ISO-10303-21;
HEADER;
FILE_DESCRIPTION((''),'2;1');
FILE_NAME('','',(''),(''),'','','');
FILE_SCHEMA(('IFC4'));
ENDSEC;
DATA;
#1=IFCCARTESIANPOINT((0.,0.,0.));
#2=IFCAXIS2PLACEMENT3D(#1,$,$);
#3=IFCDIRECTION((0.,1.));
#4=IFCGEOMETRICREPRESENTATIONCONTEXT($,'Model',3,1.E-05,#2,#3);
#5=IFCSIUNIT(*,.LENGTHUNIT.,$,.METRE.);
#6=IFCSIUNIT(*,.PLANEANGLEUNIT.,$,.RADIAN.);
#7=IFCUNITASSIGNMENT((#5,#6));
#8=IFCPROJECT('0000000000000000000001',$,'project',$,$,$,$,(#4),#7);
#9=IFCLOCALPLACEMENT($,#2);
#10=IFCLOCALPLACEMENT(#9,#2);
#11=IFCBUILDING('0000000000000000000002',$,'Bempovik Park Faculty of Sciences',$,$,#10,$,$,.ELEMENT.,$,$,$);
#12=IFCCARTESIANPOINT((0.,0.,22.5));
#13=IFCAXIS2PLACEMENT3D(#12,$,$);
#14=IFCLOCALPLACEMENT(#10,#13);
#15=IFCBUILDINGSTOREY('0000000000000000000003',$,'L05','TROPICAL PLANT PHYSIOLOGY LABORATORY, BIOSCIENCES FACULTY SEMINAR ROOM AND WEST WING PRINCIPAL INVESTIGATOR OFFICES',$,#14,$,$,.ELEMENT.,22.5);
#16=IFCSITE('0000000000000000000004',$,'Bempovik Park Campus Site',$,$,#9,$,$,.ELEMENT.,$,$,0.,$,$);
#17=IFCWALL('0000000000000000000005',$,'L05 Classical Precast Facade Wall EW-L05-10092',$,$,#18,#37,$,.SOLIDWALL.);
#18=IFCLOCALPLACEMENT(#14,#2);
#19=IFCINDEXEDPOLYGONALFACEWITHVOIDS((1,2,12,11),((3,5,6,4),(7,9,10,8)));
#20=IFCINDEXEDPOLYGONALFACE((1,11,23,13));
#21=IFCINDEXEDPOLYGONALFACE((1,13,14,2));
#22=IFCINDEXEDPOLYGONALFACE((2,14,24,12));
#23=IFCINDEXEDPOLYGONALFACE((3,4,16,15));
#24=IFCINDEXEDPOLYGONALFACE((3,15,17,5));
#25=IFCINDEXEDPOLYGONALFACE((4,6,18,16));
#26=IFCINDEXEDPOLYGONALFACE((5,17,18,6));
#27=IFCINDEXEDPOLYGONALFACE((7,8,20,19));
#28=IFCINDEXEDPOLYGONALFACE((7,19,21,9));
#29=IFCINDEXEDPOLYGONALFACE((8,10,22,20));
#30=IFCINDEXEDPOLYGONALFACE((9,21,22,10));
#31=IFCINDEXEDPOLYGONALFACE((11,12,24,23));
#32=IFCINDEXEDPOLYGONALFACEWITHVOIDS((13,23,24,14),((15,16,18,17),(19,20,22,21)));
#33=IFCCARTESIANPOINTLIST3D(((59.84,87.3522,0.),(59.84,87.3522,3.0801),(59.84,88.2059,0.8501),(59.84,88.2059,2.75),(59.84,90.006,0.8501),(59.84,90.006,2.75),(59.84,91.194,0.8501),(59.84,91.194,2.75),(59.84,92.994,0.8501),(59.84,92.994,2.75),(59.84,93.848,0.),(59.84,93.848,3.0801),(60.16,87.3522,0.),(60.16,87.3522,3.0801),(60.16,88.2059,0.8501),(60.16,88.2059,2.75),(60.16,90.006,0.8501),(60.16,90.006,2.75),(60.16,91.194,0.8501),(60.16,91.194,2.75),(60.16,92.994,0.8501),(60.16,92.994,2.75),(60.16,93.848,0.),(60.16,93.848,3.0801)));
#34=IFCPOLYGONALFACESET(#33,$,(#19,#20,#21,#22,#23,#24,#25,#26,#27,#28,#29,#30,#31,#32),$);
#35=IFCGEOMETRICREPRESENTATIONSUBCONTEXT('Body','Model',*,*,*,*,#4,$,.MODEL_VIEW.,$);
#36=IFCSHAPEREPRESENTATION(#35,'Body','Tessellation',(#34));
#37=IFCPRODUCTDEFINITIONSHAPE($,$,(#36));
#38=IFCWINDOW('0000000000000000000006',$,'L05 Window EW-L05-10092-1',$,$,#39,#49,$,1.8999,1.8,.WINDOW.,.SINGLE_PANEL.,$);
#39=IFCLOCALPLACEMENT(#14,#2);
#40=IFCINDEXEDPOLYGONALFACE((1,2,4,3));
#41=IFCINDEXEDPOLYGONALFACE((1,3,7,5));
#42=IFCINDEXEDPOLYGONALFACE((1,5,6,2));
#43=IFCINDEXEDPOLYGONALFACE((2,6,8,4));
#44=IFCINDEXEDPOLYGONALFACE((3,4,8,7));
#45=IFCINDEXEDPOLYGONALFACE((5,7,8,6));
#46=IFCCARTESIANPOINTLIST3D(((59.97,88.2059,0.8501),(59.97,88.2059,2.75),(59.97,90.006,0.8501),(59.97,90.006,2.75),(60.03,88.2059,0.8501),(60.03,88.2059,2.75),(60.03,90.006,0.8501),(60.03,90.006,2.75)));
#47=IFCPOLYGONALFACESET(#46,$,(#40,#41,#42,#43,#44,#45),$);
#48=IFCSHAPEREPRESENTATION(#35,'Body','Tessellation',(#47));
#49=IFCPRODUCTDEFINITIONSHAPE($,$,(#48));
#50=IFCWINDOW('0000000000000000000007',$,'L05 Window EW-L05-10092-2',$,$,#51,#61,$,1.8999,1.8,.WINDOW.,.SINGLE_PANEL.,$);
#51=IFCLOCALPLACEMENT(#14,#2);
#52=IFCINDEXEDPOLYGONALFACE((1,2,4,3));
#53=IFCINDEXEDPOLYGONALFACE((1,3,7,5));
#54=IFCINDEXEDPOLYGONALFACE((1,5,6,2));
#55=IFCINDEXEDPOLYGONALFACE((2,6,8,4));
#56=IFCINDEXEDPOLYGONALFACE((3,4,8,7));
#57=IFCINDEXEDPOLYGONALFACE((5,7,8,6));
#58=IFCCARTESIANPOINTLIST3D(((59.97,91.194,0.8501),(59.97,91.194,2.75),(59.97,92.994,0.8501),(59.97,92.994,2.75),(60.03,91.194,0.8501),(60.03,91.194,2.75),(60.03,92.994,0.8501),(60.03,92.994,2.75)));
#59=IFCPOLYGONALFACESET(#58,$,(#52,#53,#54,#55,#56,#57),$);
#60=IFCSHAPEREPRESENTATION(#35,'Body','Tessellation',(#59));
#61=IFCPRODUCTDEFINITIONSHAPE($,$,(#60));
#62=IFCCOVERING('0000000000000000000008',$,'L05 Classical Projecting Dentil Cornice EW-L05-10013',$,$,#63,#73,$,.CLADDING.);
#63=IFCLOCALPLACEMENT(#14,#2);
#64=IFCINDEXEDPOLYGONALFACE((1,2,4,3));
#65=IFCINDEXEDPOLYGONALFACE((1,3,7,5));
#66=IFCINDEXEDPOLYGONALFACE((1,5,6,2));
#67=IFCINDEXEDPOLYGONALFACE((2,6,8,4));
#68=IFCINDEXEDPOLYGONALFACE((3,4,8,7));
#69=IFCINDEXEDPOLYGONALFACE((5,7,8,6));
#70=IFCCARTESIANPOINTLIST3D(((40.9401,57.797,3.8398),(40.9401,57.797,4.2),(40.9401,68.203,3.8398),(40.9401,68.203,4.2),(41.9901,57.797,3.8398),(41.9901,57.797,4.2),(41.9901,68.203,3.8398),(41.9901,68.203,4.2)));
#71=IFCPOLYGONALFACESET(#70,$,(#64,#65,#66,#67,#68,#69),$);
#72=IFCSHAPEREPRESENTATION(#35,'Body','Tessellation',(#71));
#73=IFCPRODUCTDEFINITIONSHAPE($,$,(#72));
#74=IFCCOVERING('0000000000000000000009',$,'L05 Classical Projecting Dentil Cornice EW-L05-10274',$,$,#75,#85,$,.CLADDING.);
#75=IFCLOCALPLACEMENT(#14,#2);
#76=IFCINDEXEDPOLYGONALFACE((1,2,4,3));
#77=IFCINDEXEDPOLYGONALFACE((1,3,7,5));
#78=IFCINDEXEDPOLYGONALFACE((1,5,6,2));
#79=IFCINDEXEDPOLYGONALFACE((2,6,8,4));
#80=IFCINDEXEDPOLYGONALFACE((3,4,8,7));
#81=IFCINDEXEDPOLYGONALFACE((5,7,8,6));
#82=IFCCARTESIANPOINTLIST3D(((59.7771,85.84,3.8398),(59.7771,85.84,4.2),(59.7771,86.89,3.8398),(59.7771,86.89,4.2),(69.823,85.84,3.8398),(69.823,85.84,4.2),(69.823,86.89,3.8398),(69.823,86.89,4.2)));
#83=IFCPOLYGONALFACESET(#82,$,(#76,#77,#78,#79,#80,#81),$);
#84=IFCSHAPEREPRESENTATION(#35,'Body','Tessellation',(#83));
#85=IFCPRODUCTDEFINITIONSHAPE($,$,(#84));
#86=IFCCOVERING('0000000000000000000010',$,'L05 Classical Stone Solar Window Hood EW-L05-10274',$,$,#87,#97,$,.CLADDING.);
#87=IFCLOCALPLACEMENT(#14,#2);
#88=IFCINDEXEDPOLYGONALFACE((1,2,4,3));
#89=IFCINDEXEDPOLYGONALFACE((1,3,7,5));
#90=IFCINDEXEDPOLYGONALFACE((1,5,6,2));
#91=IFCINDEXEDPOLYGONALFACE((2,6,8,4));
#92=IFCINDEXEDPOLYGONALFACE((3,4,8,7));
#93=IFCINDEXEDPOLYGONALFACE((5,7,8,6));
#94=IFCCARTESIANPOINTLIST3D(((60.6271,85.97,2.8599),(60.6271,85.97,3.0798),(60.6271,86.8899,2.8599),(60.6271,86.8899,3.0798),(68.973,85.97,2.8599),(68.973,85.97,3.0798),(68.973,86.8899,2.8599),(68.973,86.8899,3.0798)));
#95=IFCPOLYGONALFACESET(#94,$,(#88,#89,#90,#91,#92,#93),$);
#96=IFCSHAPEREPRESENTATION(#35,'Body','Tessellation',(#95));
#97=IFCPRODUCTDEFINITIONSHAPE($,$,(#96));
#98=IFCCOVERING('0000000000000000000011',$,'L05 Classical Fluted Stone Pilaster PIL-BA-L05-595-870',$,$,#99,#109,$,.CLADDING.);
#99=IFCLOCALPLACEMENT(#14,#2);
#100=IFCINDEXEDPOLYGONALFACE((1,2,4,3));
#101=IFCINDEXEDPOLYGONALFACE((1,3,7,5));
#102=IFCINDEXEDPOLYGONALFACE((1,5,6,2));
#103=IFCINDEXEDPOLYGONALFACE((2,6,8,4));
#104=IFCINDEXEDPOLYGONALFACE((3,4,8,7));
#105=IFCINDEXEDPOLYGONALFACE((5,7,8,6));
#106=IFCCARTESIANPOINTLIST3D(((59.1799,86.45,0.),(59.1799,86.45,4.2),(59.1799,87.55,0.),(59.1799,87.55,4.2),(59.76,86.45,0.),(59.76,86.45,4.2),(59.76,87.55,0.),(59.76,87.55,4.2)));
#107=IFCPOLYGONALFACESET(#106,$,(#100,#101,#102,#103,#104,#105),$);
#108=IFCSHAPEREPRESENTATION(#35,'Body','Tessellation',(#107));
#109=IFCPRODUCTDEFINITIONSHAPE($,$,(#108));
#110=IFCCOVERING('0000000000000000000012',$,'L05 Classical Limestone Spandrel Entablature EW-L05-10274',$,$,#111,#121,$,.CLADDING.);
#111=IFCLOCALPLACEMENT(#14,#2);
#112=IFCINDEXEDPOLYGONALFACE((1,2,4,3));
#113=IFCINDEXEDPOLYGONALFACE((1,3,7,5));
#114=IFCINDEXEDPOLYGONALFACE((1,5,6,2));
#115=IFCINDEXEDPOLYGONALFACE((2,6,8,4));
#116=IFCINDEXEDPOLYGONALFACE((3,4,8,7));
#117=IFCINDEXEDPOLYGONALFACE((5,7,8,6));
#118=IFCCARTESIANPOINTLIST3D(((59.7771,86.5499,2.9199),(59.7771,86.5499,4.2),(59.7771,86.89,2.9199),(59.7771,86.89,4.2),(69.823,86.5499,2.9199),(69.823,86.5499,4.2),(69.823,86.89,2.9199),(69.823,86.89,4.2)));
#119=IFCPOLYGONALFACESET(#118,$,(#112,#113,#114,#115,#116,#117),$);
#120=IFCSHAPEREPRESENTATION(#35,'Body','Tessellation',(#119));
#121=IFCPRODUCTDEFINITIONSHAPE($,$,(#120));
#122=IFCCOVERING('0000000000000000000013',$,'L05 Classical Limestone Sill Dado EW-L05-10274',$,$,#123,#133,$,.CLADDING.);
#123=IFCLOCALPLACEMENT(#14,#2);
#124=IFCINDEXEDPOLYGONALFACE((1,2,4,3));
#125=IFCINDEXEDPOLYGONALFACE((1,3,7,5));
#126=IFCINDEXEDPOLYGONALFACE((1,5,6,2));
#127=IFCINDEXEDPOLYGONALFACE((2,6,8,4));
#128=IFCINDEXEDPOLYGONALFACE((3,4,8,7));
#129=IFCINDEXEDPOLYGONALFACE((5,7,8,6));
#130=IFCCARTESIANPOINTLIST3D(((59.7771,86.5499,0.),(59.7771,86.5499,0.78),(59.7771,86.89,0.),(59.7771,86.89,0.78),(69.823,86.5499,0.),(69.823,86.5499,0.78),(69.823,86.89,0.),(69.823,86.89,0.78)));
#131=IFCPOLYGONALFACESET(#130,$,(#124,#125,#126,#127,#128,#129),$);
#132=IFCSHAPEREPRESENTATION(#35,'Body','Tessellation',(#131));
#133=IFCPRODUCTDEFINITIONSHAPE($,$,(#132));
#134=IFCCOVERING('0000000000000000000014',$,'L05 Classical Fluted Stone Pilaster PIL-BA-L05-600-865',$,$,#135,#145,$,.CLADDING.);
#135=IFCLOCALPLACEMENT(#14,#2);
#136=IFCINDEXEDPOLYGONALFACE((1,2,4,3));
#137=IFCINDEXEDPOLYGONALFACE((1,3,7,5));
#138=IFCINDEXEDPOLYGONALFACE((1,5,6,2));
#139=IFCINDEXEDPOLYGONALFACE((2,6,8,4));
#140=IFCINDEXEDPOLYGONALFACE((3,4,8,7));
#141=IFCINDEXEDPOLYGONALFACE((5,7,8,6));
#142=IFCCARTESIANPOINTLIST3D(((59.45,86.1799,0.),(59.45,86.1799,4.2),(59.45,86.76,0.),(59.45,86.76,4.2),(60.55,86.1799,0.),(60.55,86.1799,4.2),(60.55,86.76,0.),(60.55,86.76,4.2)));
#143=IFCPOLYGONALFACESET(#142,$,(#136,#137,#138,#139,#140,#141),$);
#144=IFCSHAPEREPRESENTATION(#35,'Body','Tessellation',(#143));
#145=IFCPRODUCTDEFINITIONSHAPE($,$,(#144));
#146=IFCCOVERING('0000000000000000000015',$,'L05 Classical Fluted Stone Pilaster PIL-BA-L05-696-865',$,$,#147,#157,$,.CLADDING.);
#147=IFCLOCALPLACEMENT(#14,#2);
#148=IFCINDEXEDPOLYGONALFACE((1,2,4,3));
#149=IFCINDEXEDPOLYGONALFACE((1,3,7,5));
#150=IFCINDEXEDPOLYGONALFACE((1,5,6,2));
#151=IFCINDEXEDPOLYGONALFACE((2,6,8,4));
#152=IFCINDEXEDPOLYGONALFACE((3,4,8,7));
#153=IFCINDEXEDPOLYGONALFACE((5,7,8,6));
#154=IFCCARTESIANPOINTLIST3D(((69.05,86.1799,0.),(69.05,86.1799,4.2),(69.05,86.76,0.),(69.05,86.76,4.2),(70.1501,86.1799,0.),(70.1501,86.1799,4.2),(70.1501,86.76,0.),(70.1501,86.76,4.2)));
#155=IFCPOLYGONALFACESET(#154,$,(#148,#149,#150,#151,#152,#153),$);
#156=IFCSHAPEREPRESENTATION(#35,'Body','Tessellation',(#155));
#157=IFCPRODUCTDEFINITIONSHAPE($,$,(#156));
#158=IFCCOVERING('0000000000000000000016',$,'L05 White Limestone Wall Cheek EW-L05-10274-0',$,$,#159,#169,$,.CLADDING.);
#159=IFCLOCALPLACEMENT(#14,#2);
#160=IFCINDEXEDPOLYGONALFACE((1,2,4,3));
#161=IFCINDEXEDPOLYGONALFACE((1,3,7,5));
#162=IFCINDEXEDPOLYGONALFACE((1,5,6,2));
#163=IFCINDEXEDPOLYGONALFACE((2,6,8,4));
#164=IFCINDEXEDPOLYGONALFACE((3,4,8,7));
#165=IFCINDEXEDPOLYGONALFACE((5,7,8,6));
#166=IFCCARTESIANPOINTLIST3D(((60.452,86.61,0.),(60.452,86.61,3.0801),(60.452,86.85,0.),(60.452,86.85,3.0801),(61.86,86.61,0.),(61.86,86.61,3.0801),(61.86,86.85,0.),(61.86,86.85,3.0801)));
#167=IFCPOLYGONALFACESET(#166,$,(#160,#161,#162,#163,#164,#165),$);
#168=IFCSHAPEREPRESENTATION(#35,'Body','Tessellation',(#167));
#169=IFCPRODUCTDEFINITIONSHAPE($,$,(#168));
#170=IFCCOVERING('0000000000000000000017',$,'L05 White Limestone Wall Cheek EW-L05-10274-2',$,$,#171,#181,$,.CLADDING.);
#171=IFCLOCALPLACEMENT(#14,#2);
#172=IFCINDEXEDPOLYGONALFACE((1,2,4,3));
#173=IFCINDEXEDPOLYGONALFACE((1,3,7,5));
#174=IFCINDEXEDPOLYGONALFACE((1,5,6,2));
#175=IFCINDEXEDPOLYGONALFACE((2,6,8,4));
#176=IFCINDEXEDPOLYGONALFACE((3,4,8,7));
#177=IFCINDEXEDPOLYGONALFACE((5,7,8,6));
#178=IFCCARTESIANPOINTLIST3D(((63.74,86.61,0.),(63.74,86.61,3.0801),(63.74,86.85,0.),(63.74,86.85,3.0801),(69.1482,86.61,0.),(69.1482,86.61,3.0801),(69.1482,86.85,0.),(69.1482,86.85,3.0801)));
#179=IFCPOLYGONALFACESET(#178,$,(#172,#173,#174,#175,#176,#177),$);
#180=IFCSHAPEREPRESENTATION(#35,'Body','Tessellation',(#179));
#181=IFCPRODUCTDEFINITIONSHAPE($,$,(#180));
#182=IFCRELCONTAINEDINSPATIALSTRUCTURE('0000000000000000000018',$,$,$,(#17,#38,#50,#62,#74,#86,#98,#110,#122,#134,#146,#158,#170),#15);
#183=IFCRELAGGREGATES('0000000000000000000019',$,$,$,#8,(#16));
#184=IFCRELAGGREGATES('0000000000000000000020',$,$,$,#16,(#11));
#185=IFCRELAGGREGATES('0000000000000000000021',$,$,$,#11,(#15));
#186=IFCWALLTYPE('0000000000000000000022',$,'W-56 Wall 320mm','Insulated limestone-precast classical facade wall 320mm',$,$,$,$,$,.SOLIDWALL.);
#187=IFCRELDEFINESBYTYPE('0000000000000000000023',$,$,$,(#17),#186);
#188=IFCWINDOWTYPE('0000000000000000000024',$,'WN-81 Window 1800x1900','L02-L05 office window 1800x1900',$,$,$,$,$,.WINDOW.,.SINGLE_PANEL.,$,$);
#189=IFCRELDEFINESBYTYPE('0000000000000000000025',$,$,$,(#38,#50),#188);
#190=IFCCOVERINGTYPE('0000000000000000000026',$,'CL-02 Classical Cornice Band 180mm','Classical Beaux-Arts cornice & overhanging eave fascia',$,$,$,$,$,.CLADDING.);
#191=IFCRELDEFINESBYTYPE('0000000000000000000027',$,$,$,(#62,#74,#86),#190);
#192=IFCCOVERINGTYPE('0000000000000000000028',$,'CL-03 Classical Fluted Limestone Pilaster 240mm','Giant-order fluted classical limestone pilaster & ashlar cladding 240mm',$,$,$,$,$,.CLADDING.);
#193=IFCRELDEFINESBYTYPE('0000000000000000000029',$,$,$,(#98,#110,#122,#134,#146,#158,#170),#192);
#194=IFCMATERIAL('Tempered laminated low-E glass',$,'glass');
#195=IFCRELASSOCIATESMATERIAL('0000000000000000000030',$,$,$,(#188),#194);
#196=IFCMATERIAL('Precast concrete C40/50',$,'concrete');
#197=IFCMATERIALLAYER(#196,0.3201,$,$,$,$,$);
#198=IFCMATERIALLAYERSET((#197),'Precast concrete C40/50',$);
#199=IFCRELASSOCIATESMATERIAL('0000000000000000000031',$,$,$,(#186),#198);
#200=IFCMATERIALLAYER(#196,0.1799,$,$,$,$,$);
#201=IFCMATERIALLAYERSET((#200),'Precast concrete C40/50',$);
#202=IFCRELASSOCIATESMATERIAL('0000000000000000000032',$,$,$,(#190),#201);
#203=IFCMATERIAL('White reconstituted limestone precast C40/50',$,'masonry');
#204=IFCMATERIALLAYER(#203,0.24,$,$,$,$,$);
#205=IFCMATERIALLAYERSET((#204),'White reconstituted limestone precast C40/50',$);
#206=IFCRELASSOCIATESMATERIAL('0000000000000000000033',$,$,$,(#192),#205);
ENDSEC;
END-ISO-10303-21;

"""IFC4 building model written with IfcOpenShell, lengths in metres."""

from ifc_helpers import new_model, si_unit, direction, frame, frame_2d, origin, origin_2d, place, context, subcontext, project, spatial, rectangle, extrude, material, layer, layer_set, type_object, element, fill, save


model = new_model("IFC4")

# Units and contexts
model_context = context("Model", 3, precision=1e-05, world=origin(), true_north=direction((0.0, 1.0)))
body_context = subcontext(model_context, "Body", "Model", "MODEL_VIEW")
ifc_project = project(units=[si_unit("LENGTHUNIT", "METRE"), si_unit("PLANEANGLEUNIT", "RADIAN")], contexts=[model_context])

# Site, building, storey
site_placement = place(None, origin())
site = spatial("IfcSite", under=ifc_project, at=site_placement, Name="Bempovik Park Campus Site", CompositionType="ELEMENT", RefElevation=0.0)
building_placement = place(site_placement, origin())
building = spatial("IfcBuilding", under=site, at=building_placement, Name="Bempovik Park Faculty of Sciences", CompositionType="ELEMENT")
storey_placement = place(building_placement, frame((0.0, 0.0, 22.5)))
storey = spatial("IfcBuildingStorey", under=building, at=storey_placement, Name="L05", Description="TROPICAL PLANT PHYSIOLOGY LABORATORY, BIOSCIENCES FACULTY SEMINAR ROOM AND WEST WING PRINCIPAL INVESTIGATOR OFFICES", CompositionType="ELEMENT", Elevation=22.5)

# Shared definitions
ifc_material_1 = material(Name="Precast concrete C40/50", Category="concrete")
ifc_material_2 = material(Name="Tempered laminated low-E glass", Category="glass")
window_type = type_object("IfcWindowType", Name="WN-81 Window 1800x1900", Description="L02-L05 office window 1800x1900", PartitioningType="SINGLE_PANEL", PredefinedType="WINDOW", material=ifc_material_2)

# Wall, openings, windows
ifc_layer_1 = layer(ifc_material_1, 0.3201)
ifc_layer_set_1 = layer_set([ifc_layer_1], Name="Precast concrete C40/50")
wall_type_1 = type_object("IfcWallType", Name="W-56 Wall 320mm", Description="Insulated limestone-precast classical facade wall 320mm", PredefinedType="SOLIDWALL", material=ifc_layer_set_1)
wall_1_placement = place(storey_placement, frame((60.0, 87.3521, 0.0), z_axis=(0.0, 0.0, 1.0), x_axis=(0.0, 1.0, 0.0)))
wall_1 = element("IfcWall", 1, at=wall_1_placement, inside=storey, type_object=wall_type_1, Name="L05 Classical Precast Facade Wall EW-L05-10092", PredefinedType="SOLIDWALL", context=body_context, shape_type="SweptSolid", body=[
    extrude(rectangle(XDim=6.4958, YDim=0.3201, at=frame_2d((3.248, 0.0))), origin(), (0.0, 0.0, 1.0), 3.0801),
])
opening_1_placement = place(wall_1_placement, frame((0.854, 0.0, 0.8501)))
opening_1 = element("IfcOpeningElement", 2, at=opening_1_placement, cuts=wall_1, PredefinedType="OPENING", context=body_context, shape_type="SweptSolid", body=[
    extrude(rectangle(XDim=1.8, YDim=1.8999, at=frame_2d((0.8999, 0.95))), frame((0.0, 0.1699, 0.0), z_axis=(0.0, -1.0, 0.0), x_axis=(1.0, 0.0, 0.0)), (0.0, 0.0, 1.0), 0.3401),
])
opening_2_placement = place(wall_1_placement, frame((3.842, 0.0, 0.8501)))
opening_2 = element("IfcOpeningElement", 3, at=opening_2_placement, cuts=wall_1, PredefinedType="OPENING", context=body_context, shape_type="SweptSolid", body=[
    extrude(rectangle(XDim=1.8, YDim=1.8999, at=frame_2d((0.8999, 0.95))), frame((0.0, 0.1699, 0.0), z_axis=(0.0, -1.0, 0.0), x_axis=(1.0, 0.0, 0.0)), (0.0, 0.0, 1.0), 0.3401),
])
window_1_placement = place(opening_1_placement, origin())
window_1 = element("IfcWindow", 4, at=window_1_placement, inside=storey, type_object=window_type, Name="L05 Window EW-L05-10092-1", OverallHeight=1.8999, OverallWidth=1.8, PartitioningType="SINGLE_PANEL", PredefinedType="WINDOW", context=body_context, shape_type="SweptSolid", body=[
    extrude(rectangle(XDim=1.8, YDim=1.8999, at=frame_2d((0.8999, 0.95))), frame((0.0, 0.03, 0.0), z_axis=(0.0, -1.0, 0.0), x_axis=(1.0, 0.0, 0.0)), (0.0, 0.0, 1.0), 0.0601),
])
fill(opening_1, window_1)
window_2_placement = place(opening_2_placement, origin())
window_2 = element("IfcWindow", 5, at=window_2_placement, inside=storey, type_object=window_type, Name="L05 Window EW-L05-10092-2", OverallHeight=1.8999, OverallWidth=1.8, PartitioningType="SINGLE_PANEL", PredefinedType="WINDOW", context=body_context, shape_type="SweptSolid", body=[
    extrude(rectangle(XDim=1.8, YDim=1.8999, at=frame_2d((0.8999, 0.95))), frame((0.0, 0.03, 0.0), z_axis=(0.0, -1.0, 0.0), x_axis=(1.0, 0.0, 0.0)), (0.0, 0.0, 1.0), 0.0601),
])
fill(opening_2, window_2)

# Coverings
ifc_layer_2 = layer(ifc_material_1, 0.1799)
ifc_layer_set_2 = layer_set([ifc_layer_2], Name="Precast concrete C40/50")
covering_type_1 = type_object("IfcCoveringType", Name="CL-02 Classical Cornice Band 180mm", Description="Classical Beaux-Arts cornice & overhanging eave fascia", PredefinedType="CLADDING", material=ifc_layer_set_2)
covering_1_placement = place(storey_placement, frame((41.4651, 63.0, 3.8398), z_axis=(0.0, 0.0, 1.0), x_axis=(1.0, 0.0, 0.0)))
element("IfcCovering", 6, at=covering_1_placement, inside=storey, type_object=covering_type_1, Name="L05 Classical Projecting Dentil Cornice EW-L05-10013", PredefinedType="CLADDING", context=body_context, shape_type="SweptSolid", body=[
    extrude(rectangle(XDim=1.05, YDim=10.406, at=origin_2d()), origin(), (0.0, 0.0, 1.0), 0.3601),
])
covering_2_placement = place(storey_placement, frame((64.8, 86.365, 3.8398), z_axis=(0.0, 0.0, 1.0), x_axis=(1.0, 0.0, 0.0)))
element("IfcCovering", 7, at=covering_2_placement, inside=storey, type_object=covering_type_1, Name="L05 Classical Projecting Dentil Cornice EW-L05-10274", PredefinedType="CLADDING", context=body_context, shape_type="SweptSolid", body=[
    extrude(rectangle(XDim=10.0459, YDim=1.05, at=origin_2d()), origin(), (0.0, 0.0, 1.0), 0.3601),
])
covering_3_placement = place(storey_placement, frame((64.8, 86.4299, 2.8599), z_axis=(0.0, 0.0, 1.0), x_axis=(1.0, 0.0, 0.0)))
element("IfcCovering", 8, at=covering_3_placement, inside=storey, type_object=covering_type_1, Name="L05 Classical Stone Solar Window Hood EW-L05-10274", PredefinedType="CLADDING", context=body_context, shape_type="SweptSolid", body=[
    extrude(rectangle(XDim=8.3459, YDim=0.9199, at=origin_2d()), origin(), (0.0, 0.0, 1.0), 0.22),
])
ifc_material_3 = material(Name="White reconstituted limestone precast C40/50", Category="masonry")
ifc_layer_3 = layer(ifc_material_3, 0.24)
ifc_layer_set_3 = layer_set([ifc_layer_3], Name="White reconstituted limestone precast C40/50")
covering_type_2 = type_object("IfcCoveringType", Name="CL-03 Classical Fluted Limestone Pilaster 240mm", Description="Giant-order fluted classical limestone pilaster & ashlar cladding 240mm", PredefinedType="CLADDING", material=ifc_layer_set_3)
covering_4_placement = place(storey_placement, frame((59.47, 87.0, 0.0), z_axis=(0.0, 0.0, 1.0), x_axis=(1.0, 0.0, 0.0)))
element("IfcCovering", 9, at=covering_4_placement, inside=storey, type_object=covering_type_2, Name="L05 Classical Fluted Stone Pilaster PIL-BA-L05-595-870", PredefinedType="CLADDING", context=body_context, shape_type="SweptSolid", body=[
    extrude(rectangle(XDim=0.5801, YDim=1.1001, at=origin_2d()), origin(), (0.0, 0.0, 1.0), 4.2),
])
covering_5_placement = place(storey_placement, frame((64.8, 86.72, 2.9199), z_axis=(0.0, 0.0, 1.0), x_axis=(1.0, 0.0, 0.0)))
element("IfcCovering", 10, at=covering_5_placement, inside=storey, type_object=covering_type_2, Name="L05 Classical Limestone Spandrel Entablature EW-L05-10274", PredefinedType="CLADDING", context=body_context, shape_type="SweptSolid", body=[
    extrude(rectangle(XDim=10.0459, YDim=0.3401, at=origin_2d()), origin(), (0.0, 0.0, 1.0), 1.28),
])
covering_6_placement = place(storey_placement, frame((64.8, 86.72, 0.0), z_axis=(0.0, 0.0, 1.0), x_axis=(1.0, 0.0, 0.0)))
element("IfcCovering", 11, at=covering_6_placement, inside=storey, type_object=covering_type_2, Name="L05 Classical Limestone Sill Dado EW-L05-10274", PredefinedType="CLADDING", context=body_context, shape_type="SweptSolid", body=[
    extrude(rectangle(XDim=10.0459, YDim=0.3401, at=origin_2d()), origin(), (0.0, 0.0, 1.0), 0.78),
])
for number, where, z_axis, x_axis, name in (
    (12, (60.0, 86.47, 0.0), (0.0, 0.0, 1.0), (1.0, 0.0, 0.0), "L05 Classical Fluted Stone Pilaster PIL-BA-L05-600-865"),
    (13, (69.6001, 86.47, 0.0), (0.0, 0.0, 1.0), (1.0, 0.0, 0.0), "L05 Classical Fluted Stone Pilaster PIL-BA-L05-696-865"),
):
    element("IfcCovering", number, at=place(storey_placement, frame(where, z_axis=z_axis, x_axis=x_axis)), inside=storey, type_object=covering_type_2, Name=name, PredefinedType="CLADDING", context=body_context, shape_type="SweptSolid", body=[
        extrude(rectangle(XDim=1.1001, YDim=0.5801, at=origin_2d()), origin(), (0.0, 0.0, 1.0), 4.2),
    ])
covering_7_placement = place(storey_placement, frame((61.156, 86.73, 0.0), z_axis=(0.0, 0.0, 1.0), x_axis=(1.0, 0.0, 0.0)))
element("IfcCovering", 14, at=covering_7_placement, inside=storey, type_object=covering_type_2, Name="L05 White Limestone Wall Cheek EW-L05-10274-0", PredefinedType="CLADDING", context=body_context, shape_type="SweptSolid", body=[
    extrude(rectangle(XDim=1.408, YDim=0.24, at=origin_2d()), origin(), (0.0, 0.0, 1.0), 3.0801),
])
covering_8_placement = place(storey_placement, frame((66.4441, 86.73, 0.0), z_axis=(0.0, 0.0, 1.0), x_axis=(1.0, 0.0, 0.0)))
element("IfcCovering", 15, at=covering_8_placement, inside=storey, type_object=covering_type_2, Name="L05 White Limestone Wall Cheek EW-L05-10274-2", PredefinedType="CLADDING", context=body_context, shape_type="SweptSolid", body=[
    extrude(rectangle(XDim=5.4082, YDim=0.24, at=origin_2d()), origin(), (0.0, 0.0, 1.0), 3.0801),
])

save(model, "model.ifc")
